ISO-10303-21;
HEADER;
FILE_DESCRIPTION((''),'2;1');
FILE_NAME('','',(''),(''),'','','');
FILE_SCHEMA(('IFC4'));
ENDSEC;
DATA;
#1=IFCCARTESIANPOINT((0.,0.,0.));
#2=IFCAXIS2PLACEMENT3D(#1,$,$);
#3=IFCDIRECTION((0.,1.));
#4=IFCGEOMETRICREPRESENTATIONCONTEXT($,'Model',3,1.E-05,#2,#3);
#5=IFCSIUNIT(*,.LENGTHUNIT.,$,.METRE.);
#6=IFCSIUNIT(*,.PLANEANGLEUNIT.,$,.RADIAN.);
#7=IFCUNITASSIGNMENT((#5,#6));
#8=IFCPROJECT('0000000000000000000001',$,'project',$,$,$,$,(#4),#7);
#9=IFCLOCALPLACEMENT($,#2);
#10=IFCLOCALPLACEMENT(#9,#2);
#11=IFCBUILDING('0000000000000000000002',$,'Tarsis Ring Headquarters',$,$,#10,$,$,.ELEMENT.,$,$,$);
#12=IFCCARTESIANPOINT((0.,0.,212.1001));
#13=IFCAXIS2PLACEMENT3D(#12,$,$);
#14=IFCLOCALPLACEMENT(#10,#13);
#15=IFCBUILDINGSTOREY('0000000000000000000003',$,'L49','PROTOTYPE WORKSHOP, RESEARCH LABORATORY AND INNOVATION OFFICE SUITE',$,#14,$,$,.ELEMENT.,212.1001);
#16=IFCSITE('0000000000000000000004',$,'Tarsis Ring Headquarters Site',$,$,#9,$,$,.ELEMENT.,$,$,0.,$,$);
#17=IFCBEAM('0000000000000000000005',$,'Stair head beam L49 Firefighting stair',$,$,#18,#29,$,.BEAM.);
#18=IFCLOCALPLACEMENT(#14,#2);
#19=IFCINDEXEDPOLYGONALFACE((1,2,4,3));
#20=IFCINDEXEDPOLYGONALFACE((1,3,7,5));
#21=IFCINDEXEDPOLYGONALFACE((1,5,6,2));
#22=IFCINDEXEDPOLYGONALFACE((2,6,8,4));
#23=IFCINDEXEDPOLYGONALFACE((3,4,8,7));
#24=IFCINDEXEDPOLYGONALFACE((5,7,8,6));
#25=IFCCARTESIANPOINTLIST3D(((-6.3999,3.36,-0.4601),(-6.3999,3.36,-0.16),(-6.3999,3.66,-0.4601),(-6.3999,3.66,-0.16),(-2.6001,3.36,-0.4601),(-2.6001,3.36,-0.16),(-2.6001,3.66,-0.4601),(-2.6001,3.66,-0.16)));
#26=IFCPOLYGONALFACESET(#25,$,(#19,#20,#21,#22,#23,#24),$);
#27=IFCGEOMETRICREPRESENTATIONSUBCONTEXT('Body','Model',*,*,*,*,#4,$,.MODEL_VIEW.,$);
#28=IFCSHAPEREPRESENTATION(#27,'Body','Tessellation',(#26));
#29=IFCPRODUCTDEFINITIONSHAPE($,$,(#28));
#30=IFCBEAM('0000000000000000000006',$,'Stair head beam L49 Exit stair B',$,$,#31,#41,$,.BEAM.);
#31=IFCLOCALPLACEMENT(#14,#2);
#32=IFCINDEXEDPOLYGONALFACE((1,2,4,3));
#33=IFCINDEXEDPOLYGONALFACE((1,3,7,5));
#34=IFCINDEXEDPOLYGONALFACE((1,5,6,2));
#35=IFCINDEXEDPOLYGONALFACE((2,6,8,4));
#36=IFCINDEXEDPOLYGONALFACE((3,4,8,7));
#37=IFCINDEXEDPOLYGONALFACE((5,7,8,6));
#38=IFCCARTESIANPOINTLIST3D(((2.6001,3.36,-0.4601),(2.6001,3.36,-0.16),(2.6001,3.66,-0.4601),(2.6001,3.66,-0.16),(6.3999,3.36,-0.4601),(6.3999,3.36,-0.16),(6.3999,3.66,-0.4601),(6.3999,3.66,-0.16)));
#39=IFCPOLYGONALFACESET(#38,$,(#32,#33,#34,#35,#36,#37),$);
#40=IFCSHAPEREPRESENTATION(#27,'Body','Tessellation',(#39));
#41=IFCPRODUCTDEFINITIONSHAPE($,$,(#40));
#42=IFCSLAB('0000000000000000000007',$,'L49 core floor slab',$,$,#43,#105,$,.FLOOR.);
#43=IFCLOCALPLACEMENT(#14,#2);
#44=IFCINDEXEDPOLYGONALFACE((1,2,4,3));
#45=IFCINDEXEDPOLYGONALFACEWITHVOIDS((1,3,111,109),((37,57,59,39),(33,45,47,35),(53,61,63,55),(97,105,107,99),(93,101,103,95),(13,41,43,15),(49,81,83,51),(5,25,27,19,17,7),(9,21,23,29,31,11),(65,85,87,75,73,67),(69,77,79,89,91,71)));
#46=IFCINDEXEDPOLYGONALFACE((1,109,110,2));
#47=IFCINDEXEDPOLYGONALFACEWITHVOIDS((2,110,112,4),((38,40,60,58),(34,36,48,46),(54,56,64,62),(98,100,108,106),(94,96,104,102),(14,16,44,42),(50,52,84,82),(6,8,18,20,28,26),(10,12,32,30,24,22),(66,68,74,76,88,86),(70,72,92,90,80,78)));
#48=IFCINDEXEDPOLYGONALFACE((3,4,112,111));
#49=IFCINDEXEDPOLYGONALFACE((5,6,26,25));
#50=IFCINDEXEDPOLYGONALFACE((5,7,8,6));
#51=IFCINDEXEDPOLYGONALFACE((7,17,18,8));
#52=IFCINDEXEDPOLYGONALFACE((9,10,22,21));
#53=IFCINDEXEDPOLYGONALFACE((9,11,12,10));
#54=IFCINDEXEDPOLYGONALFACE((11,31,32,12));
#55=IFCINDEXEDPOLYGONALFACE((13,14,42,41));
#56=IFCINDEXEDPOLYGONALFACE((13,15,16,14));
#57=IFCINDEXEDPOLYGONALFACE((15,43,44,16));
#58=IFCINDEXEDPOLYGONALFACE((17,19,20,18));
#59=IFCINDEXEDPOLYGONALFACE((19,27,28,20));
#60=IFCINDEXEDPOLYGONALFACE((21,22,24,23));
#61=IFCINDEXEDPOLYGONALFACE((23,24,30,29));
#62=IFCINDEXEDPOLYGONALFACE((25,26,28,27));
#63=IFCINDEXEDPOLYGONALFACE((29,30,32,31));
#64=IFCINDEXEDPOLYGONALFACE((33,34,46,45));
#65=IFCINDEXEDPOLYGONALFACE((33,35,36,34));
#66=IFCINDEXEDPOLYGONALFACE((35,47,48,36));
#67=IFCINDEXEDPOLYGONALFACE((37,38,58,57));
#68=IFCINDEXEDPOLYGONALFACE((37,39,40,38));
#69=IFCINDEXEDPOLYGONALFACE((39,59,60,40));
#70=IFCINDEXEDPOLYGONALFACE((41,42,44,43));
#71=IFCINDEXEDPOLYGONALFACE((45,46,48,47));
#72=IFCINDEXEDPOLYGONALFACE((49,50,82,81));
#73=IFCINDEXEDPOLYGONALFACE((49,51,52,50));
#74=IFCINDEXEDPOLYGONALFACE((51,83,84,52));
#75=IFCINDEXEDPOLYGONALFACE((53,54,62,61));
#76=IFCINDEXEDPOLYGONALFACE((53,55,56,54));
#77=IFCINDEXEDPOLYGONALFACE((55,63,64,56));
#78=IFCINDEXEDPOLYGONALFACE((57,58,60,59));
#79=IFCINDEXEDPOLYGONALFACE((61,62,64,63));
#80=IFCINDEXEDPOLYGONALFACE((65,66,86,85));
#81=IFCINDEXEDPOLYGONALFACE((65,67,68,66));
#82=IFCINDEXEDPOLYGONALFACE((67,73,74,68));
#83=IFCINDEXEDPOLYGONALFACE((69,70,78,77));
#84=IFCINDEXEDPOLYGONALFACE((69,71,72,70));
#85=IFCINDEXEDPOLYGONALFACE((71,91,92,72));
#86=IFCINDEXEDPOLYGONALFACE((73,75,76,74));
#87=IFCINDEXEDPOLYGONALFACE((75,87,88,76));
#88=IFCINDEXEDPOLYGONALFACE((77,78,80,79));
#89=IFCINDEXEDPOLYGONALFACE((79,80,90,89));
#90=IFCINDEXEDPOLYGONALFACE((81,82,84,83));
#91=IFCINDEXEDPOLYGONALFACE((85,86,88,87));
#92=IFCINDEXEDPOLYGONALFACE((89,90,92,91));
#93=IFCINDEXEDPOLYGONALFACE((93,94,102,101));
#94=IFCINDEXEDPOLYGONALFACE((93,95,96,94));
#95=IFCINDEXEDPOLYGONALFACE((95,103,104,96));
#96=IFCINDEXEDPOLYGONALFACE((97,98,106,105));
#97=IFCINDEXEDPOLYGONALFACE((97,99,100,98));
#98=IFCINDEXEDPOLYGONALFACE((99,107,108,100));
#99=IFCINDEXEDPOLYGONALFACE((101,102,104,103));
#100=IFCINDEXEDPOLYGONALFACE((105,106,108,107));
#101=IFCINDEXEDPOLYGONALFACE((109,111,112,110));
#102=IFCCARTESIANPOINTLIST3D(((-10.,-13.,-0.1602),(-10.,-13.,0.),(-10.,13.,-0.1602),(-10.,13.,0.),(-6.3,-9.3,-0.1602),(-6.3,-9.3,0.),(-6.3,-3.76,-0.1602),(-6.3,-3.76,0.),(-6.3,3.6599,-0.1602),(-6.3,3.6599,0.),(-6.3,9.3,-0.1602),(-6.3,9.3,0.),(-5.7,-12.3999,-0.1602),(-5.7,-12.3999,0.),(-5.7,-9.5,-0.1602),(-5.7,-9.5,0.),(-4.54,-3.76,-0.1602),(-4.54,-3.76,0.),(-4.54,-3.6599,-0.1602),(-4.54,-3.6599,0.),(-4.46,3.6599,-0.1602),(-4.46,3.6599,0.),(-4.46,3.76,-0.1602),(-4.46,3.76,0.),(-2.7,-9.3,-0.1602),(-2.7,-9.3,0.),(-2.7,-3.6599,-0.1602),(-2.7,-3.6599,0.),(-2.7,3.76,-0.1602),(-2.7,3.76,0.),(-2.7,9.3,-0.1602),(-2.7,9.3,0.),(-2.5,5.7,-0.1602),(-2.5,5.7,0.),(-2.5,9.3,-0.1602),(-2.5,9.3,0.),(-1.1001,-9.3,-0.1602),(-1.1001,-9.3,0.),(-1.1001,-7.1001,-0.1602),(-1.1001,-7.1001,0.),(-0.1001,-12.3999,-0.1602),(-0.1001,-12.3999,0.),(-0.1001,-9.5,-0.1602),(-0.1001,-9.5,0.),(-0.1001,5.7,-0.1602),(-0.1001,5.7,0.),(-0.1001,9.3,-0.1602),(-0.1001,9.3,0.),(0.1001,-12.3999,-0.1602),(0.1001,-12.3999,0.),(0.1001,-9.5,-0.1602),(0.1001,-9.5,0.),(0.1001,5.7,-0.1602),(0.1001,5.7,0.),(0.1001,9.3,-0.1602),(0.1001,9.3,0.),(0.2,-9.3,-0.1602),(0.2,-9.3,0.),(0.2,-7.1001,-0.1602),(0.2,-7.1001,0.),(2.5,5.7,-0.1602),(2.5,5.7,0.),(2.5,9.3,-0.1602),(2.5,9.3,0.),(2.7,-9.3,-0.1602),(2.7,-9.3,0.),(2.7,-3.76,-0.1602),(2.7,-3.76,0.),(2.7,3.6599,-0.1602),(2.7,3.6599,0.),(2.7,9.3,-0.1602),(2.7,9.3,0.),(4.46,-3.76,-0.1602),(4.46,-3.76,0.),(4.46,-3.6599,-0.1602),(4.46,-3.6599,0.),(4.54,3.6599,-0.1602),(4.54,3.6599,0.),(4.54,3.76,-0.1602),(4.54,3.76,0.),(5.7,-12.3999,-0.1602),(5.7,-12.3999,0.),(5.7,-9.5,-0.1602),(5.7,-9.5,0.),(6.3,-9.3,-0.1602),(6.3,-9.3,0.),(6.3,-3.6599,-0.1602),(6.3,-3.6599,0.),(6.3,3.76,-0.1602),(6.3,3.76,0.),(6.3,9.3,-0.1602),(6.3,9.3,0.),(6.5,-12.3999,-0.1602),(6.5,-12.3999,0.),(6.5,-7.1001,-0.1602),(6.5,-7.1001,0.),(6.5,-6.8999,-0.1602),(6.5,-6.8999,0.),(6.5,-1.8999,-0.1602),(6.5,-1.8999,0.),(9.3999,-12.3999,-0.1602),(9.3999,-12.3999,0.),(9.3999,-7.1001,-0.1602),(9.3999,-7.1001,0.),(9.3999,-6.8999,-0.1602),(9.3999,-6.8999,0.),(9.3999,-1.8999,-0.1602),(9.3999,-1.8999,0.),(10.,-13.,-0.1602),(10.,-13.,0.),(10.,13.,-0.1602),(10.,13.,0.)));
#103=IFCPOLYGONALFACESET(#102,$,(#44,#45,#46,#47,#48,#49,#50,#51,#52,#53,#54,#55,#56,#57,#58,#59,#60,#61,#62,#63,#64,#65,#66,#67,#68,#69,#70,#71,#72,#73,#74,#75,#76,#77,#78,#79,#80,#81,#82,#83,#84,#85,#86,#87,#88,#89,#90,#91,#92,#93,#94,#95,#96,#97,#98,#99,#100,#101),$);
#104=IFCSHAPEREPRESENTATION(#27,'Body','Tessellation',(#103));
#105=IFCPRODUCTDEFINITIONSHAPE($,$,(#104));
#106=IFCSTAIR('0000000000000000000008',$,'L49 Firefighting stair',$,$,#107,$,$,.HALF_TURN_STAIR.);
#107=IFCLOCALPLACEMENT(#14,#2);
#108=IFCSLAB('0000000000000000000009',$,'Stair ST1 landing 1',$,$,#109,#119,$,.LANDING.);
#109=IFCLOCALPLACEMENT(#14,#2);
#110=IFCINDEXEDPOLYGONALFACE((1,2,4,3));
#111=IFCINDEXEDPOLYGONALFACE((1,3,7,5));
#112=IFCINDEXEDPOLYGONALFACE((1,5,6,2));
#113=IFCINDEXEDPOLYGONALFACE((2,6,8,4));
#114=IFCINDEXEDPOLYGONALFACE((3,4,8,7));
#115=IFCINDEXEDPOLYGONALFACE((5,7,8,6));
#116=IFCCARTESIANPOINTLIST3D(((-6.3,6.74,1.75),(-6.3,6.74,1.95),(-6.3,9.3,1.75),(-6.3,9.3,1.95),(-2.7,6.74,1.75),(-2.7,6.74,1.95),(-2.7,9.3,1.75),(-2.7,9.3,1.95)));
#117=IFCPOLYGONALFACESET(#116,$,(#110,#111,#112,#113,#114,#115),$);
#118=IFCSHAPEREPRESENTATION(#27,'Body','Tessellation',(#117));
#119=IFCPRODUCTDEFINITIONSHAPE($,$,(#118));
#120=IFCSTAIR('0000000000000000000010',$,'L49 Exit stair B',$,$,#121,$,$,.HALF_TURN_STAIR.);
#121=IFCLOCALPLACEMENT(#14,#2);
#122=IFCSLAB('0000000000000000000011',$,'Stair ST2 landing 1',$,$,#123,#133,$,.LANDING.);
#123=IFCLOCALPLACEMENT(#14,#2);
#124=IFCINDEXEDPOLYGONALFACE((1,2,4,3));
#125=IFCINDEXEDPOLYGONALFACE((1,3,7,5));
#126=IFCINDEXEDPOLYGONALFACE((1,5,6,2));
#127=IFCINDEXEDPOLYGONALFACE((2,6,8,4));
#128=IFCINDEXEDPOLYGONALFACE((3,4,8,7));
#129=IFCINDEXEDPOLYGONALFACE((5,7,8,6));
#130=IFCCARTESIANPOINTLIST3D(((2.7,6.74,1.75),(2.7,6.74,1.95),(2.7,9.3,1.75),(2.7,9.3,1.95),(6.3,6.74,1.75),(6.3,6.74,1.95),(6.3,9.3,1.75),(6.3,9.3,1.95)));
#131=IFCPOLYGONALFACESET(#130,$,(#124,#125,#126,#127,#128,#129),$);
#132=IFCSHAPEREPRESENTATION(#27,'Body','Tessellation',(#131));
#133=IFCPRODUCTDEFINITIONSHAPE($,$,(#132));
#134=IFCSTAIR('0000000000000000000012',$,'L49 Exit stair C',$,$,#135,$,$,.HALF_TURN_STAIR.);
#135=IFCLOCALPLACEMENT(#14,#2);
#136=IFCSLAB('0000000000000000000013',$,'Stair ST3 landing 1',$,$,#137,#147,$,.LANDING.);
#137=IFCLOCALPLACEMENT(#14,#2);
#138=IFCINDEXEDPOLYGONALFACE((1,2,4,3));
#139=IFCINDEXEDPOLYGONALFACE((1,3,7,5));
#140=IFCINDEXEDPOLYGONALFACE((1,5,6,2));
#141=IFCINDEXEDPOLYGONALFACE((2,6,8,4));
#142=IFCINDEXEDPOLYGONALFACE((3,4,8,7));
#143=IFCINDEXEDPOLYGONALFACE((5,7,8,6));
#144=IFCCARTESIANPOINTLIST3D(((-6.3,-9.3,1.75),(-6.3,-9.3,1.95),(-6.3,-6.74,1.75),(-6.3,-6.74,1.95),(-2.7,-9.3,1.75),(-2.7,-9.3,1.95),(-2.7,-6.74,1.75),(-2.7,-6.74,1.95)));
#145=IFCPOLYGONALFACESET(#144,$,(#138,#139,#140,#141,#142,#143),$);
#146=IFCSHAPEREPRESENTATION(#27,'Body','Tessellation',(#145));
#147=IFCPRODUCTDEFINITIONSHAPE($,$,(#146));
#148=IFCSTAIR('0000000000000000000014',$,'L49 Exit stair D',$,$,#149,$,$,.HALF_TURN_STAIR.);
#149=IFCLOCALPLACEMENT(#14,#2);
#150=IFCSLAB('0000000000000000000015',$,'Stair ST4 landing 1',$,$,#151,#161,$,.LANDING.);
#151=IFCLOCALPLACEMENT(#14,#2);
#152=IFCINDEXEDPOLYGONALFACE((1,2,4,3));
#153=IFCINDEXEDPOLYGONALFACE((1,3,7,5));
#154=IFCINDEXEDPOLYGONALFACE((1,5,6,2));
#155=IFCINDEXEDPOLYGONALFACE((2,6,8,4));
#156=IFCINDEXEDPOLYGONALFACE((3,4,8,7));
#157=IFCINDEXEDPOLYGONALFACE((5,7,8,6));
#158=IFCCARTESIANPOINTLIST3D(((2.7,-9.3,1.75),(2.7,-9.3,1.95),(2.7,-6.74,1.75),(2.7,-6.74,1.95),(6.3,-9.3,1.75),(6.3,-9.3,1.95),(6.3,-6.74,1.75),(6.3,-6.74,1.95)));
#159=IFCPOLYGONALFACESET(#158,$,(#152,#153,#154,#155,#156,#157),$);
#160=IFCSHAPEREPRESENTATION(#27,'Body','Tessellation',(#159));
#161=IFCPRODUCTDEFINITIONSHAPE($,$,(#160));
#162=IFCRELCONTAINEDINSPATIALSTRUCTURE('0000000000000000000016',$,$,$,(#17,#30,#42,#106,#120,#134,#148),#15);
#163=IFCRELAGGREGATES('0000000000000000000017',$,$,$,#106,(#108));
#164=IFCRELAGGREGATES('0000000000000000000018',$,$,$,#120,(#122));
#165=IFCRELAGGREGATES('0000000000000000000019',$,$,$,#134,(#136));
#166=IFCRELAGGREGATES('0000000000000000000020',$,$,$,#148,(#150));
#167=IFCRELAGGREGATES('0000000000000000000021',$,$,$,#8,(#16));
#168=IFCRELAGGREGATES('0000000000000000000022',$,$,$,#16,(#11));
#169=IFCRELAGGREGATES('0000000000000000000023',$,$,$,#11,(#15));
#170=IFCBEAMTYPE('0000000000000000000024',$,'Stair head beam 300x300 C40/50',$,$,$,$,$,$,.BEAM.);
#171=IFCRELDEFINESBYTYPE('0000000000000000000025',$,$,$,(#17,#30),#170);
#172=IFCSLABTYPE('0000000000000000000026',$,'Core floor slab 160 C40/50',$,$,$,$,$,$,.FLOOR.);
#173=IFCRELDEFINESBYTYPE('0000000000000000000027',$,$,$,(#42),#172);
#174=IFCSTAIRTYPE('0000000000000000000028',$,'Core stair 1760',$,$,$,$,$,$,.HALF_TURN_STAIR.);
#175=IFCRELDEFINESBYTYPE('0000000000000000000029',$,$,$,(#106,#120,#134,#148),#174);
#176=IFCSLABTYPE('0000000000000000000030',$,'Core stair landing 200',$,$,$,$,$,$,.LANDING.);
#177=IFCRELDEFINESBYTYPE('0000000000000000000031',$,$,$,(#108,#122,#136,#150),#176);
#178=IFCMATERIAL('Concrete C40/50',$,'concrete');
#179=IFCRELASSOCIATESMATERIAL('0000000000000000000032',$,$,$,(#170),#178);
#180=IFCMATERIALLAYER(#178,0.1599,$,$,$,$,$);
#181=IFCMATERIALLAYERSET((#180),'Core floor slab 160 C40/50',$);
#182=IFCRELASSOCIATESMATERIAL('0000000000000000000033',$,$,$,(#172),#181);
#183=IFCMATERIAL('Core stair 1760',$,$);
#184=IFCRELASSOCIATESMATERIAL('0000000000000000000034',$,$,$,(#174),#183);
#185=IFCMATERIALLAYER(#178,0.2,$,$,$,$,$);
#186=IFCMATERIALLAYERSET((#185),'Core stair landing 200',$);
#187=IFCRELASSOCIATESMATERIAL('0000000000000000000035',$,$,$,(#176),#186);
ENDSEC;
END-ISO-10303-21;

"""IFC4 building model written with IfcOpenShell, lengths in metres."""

from ifc_helpers import new_model, si_unit, direction, frame, origin, origin_2d, place, context, subcontext, project, spatial, polyline, rectangle, outline, extrude, material, layer, layer_set, material_profile, profile_set, type_object, element, aggregate, save


model = new_model("IFC4")

# Units and contexts
model_context = context("Model", 3, precision=1e-05, world=origin(), true_north=direction((0.0, 1.0)))
body_context = subcontext(model_context, "Body", "Model", "MODEL_VIEW")
ifc_project = project(units=[si_unit("LENGTHUNIT", "METRE"), si_unit("PLANEANGLEUNIT", "RADIAN")], contexts=[model_context])

# Site, building, storey
site_placement = place(None, origin())
site = spatial("IfcSite", under=ifc_project, at=site_placement, Name="Tarsis Ring Headquarters Site", CompositionType="ELEMENT", RefElevation=0.0)
building_placement = place(site_placement, origin())
building = spatial("IfcBuilding", under=site, at=building_placement, Name="Tarsis Ring Headquarters", CompositionType="ELEMENT")
storey_placement = place(building_placement, frame((0.0, 0.0, 212.1001)))
storey = spatial("IfcBuildingStorey", under=building, at=storey_placement, Name="L49", Description="PROTOTYPE WORKSHOP, RESEARCH LABORATORY AND INNOVATION OFFICE SUITE", CompositionType="ELEMENT", Elevation=212.1001)

# Beams
ifc_material_1 = material(Name="Concrete C40/50", Category="concrete")
ifc_material_profile = material_profile(ifc_material_1, rectangle(XDim=0.3, YDim=0.3, at=origin_2d()), Name="Stair head beam 300x300 C40/50")
ifc_profile_set = profile_set([ifc_material_profile], Name="Concrete C40/50")
beam_type = type_object("IfcBeamType", Name="Stair head beam 300x300 C40/50", PredefinedType="BEAM", material=ifc_profile_set)
for number, where, z_axis, x_axis, name in (
    (1, (-6.3999, 3.51, -0.3101), (1.0, 0.0, 0.0), (0.0, 1.0, 0.0), "Stair head beam L49 Firefighting stair"),
    (2, (2.6001, 3.51, -0.3101), (1.0, 0.0, 0.0), (0.0, 1.0, 0.0), "Stair head beam L49 Exit stair B"),
):
    element("IfcBeam", number, at=place(storey_placement, frame(where, z_axis=z_axis, x_axis=x_axis)), inside=storey, type_object=beam_type, Name=name, PredefinedType="BEAM", context=body_context, shape_type="SweptSolid", body=[
        extrude(rectangle(XDim=0.3, YDim=0.3, at=origin_2d()), origin(), (0.0, 0.0, 1.0), 3.7998),
    ])

# Slab
ifc_layer_1 = layer(ifc_material_1, 0.1599)
ifc_layer_set_1 = layer_set([ifc_layer_1], Name="Core floor slab 160 C40/50")
slab_type_1 = type_object("IfcSlabType", Name="Core floor slab 160 C40/50", PredefinedType="FLOOR", material=ifc_layer_set_1)
slab_1_placement = place(storey_placement, frame((0.0, 0.0, -0.1602)))
element("IfcSlab", 3, at=slab_1_placement, inside=storey, type_object=slab_type_1, Name="L49 core floor slab", PredefinedType="FLOOR", context=body_context, shape_type="SweptSolid", body=[
    extrude(outline(polyline([(-10.0, -13.0), (10.0, -13.0), (10.0, 13.0), (-10.0, 13.0), (-10.0, -13.0)]), holes=[polyline([(-2.5, 5.7), (-0.1001, 5.7), (-0.1001, 9.3), (-2.5, 9.3), (-2.5, 5.7)]), polyline([(0.1001, 5.7), (2.5, 5.7), (2.5, 9.3), (0.1001, 9.3), (0.1001, 5.7)]), polyline([(6.5, -12.3999), (9.3999, -12.3999), (9.3999, -7.1001), (6.5, -7.1001), (6.5, -12.3999)]), polyline([(6.5, -6.8999), (9.3999, -6.8999), (9.3999, -1.8999), (6.5, -1.8999), (6.5, -6.8999)]), polyline([(-5.7, -12.3999), (-0.1001, -12.3999), (-0.1001, -9.5), (-5.7, -9.5), (-5.7, -12.3999)]), polyline([(0.1001, -12.3999), (5.7, -12.3999), (5.7, -9.5), (0.1001, -9.5), (0.1001, -12.3999)]), polyline([(-1.1001, -9.3), (0.2, -9.3), (0.2, -7.1001), (-1.1001, -7.1001), (-1.1001, -9.3)]), polyline([(-2.7, 3.76), (-2.7, 9.3), (-6.3, 9.3), (-6.3, 3.6599), (-4.46, 3.6599), (-4.46, 3.76), (-2.7, 3.76)]), polyline([(6.3, 3.76), (6.3, 9.3), (2.7, 9.3), (2.7, 3.6599), (4.54, 3.6599), (4.54, 3.76), (6.3, 3.76)]), polyline([(-6.3, -3.76), (-6.3, -9.3), (-2.7, -9.3), (-2.7, -3.6599), (-4.54, -3.6599), (-4.54, -3.76), (-6.3, -3.76)]), polyline([(2.7, -3.76), (2.7, -9.3), (6.3, -9.3), (6.3, -3.6599), (4.46, -3.6599), (4.46, -3.76), (2.7, -3.76)])]), origin(), (0.0, 0.0, 1.0), 0.1602),
])

# Stairs, slabs
ifc_material_2 = material(Name="Core stair 1760")
stair_type = type_object("IfcStairType", Name="Core stair 1760", PredefinedType="HALF_TURN_STAIR", material=ifc_material_2)
stair_1_placement = place(storey_placement, origin())
stair_1 = element("IfcStair", 4, at=stair_1_placement, inside=storey, type_object=stair_type, Name="L49 Firefighting stair", PredefinedType="HALF_TURN_STAIR")
ifc_layer_2 = layer(ifc_material_1, 0.2)
ifc_layer_set_2 = layer_set([ifc_layer_2], Name="Core stair landing 200")
slab_type_2 = type_object("IfcSlabType", Name="Core stair landing 200", PredefinedType="LANDING", material=ifc_layer_set_2)
slab_2_placement = place(storey_placement, frame((0.0, 0.0, 1.75)))
slab_2 = element("IfcSlab", 5, at=slab_2_placement, type_object=slab_type_2, Name="Stair ST1 landing 1", PredefinedType="LANDING", context=body_context, shape_type="SweptSolid", body=[
    extrude(outline(polyline([(-2.7, 6.74), (-2.7, 9.3), (-6.3, 9.3), (-6.3, 6.74), (-2.7, 6.74)])), origin(), (0.0, 0.0, 1.0), 0.2),
])
aggregate(stair_1, [slab_2])
stair_2_placement = place(storey_placement, origin())
stair_2 = element("IfcStair", 6, at=stair_2_placement, inside=storey, type_object=stair_type, Name="L49 Exit stair B", PredefinedType="HALF_TURN_STAIR")
slab_3_placement = place(storey_placement, frame((0.0, 0.0, 1.75)))
slab_3 = element("IfcSlab", 7, at=slab_3_placement, type_object=slab_type_2, Name="Stair ST2 landing 1", PredefinedType="LANDING", context=body_context, shape_type="SweptSolid", body=[
    extrude(outline(polyline([(6.3, 6.74), (6.3, 9.3), (2.7, 9.3), (2.7, 6.74), (6.3, 6.74)])), origin(), (0.0, 0.0, 1.0), 0.2),
])
aggregate(stair_2, [slab_3])
stair_3_placement = place(storey_placement, origin())
stair_3 = element("IfcStair", 8, at=stair_3_placement, inside=storey, type_object=stair_type, Name="L49 Exit stair C", PredefinedType="HALF_TURN_STAIR")
slab_4_placement = place(storey_placement, frame((0.0, 0.0, 1.75)))
slab_4 = element("IfcSlab", 9, at=slab_4_placement, type_object=slab_type_2, Name="Stair ST3 landing 1", PredefinedType="LANDING", context=body_context, shape_type="SweptSolid", body=[
    extrude(outline(polyline([(-6.3, -6.74), (-6.3, -9.3), (-2.7, -9.3), (-2.7, -6.74), (-6.3, -6.74)])), origin(), (0.0, 0.0, 1.0), 0.2),
])
aggregate(stair_3, [slab_4])
stair_4_placement = place(storey_placement, origin())
stair_4 = element("IfcStair", 10, at=stair_4_placement, inside=storey, type_object=stair_type, Name="L49 Exit stair D", PredefinedType="HALF_TURN_STAIR")
slab_5_placement = place(storey_placement, frame((0.0, 0.0, 1.75)))
slab_5 = element("IfcSlab", 11, at=slab_5_placement, type_object=slab_type_2, Name="Stair ST4 landing 1", PredefinedType="LANDING", context=body_context, shape_type="SweptSolid", body=[
    extrude(outline(polyline([(2.7, -6.74), (2.7, -9.3), (6.3, -9.3), (6.3, -6.74), (2.7, -6.74)])), origin(), (0.0, 0.0, 1.0), 0.2),
])
aggregate(stair_4, [slab_5])

save(model, "model.ifc")
